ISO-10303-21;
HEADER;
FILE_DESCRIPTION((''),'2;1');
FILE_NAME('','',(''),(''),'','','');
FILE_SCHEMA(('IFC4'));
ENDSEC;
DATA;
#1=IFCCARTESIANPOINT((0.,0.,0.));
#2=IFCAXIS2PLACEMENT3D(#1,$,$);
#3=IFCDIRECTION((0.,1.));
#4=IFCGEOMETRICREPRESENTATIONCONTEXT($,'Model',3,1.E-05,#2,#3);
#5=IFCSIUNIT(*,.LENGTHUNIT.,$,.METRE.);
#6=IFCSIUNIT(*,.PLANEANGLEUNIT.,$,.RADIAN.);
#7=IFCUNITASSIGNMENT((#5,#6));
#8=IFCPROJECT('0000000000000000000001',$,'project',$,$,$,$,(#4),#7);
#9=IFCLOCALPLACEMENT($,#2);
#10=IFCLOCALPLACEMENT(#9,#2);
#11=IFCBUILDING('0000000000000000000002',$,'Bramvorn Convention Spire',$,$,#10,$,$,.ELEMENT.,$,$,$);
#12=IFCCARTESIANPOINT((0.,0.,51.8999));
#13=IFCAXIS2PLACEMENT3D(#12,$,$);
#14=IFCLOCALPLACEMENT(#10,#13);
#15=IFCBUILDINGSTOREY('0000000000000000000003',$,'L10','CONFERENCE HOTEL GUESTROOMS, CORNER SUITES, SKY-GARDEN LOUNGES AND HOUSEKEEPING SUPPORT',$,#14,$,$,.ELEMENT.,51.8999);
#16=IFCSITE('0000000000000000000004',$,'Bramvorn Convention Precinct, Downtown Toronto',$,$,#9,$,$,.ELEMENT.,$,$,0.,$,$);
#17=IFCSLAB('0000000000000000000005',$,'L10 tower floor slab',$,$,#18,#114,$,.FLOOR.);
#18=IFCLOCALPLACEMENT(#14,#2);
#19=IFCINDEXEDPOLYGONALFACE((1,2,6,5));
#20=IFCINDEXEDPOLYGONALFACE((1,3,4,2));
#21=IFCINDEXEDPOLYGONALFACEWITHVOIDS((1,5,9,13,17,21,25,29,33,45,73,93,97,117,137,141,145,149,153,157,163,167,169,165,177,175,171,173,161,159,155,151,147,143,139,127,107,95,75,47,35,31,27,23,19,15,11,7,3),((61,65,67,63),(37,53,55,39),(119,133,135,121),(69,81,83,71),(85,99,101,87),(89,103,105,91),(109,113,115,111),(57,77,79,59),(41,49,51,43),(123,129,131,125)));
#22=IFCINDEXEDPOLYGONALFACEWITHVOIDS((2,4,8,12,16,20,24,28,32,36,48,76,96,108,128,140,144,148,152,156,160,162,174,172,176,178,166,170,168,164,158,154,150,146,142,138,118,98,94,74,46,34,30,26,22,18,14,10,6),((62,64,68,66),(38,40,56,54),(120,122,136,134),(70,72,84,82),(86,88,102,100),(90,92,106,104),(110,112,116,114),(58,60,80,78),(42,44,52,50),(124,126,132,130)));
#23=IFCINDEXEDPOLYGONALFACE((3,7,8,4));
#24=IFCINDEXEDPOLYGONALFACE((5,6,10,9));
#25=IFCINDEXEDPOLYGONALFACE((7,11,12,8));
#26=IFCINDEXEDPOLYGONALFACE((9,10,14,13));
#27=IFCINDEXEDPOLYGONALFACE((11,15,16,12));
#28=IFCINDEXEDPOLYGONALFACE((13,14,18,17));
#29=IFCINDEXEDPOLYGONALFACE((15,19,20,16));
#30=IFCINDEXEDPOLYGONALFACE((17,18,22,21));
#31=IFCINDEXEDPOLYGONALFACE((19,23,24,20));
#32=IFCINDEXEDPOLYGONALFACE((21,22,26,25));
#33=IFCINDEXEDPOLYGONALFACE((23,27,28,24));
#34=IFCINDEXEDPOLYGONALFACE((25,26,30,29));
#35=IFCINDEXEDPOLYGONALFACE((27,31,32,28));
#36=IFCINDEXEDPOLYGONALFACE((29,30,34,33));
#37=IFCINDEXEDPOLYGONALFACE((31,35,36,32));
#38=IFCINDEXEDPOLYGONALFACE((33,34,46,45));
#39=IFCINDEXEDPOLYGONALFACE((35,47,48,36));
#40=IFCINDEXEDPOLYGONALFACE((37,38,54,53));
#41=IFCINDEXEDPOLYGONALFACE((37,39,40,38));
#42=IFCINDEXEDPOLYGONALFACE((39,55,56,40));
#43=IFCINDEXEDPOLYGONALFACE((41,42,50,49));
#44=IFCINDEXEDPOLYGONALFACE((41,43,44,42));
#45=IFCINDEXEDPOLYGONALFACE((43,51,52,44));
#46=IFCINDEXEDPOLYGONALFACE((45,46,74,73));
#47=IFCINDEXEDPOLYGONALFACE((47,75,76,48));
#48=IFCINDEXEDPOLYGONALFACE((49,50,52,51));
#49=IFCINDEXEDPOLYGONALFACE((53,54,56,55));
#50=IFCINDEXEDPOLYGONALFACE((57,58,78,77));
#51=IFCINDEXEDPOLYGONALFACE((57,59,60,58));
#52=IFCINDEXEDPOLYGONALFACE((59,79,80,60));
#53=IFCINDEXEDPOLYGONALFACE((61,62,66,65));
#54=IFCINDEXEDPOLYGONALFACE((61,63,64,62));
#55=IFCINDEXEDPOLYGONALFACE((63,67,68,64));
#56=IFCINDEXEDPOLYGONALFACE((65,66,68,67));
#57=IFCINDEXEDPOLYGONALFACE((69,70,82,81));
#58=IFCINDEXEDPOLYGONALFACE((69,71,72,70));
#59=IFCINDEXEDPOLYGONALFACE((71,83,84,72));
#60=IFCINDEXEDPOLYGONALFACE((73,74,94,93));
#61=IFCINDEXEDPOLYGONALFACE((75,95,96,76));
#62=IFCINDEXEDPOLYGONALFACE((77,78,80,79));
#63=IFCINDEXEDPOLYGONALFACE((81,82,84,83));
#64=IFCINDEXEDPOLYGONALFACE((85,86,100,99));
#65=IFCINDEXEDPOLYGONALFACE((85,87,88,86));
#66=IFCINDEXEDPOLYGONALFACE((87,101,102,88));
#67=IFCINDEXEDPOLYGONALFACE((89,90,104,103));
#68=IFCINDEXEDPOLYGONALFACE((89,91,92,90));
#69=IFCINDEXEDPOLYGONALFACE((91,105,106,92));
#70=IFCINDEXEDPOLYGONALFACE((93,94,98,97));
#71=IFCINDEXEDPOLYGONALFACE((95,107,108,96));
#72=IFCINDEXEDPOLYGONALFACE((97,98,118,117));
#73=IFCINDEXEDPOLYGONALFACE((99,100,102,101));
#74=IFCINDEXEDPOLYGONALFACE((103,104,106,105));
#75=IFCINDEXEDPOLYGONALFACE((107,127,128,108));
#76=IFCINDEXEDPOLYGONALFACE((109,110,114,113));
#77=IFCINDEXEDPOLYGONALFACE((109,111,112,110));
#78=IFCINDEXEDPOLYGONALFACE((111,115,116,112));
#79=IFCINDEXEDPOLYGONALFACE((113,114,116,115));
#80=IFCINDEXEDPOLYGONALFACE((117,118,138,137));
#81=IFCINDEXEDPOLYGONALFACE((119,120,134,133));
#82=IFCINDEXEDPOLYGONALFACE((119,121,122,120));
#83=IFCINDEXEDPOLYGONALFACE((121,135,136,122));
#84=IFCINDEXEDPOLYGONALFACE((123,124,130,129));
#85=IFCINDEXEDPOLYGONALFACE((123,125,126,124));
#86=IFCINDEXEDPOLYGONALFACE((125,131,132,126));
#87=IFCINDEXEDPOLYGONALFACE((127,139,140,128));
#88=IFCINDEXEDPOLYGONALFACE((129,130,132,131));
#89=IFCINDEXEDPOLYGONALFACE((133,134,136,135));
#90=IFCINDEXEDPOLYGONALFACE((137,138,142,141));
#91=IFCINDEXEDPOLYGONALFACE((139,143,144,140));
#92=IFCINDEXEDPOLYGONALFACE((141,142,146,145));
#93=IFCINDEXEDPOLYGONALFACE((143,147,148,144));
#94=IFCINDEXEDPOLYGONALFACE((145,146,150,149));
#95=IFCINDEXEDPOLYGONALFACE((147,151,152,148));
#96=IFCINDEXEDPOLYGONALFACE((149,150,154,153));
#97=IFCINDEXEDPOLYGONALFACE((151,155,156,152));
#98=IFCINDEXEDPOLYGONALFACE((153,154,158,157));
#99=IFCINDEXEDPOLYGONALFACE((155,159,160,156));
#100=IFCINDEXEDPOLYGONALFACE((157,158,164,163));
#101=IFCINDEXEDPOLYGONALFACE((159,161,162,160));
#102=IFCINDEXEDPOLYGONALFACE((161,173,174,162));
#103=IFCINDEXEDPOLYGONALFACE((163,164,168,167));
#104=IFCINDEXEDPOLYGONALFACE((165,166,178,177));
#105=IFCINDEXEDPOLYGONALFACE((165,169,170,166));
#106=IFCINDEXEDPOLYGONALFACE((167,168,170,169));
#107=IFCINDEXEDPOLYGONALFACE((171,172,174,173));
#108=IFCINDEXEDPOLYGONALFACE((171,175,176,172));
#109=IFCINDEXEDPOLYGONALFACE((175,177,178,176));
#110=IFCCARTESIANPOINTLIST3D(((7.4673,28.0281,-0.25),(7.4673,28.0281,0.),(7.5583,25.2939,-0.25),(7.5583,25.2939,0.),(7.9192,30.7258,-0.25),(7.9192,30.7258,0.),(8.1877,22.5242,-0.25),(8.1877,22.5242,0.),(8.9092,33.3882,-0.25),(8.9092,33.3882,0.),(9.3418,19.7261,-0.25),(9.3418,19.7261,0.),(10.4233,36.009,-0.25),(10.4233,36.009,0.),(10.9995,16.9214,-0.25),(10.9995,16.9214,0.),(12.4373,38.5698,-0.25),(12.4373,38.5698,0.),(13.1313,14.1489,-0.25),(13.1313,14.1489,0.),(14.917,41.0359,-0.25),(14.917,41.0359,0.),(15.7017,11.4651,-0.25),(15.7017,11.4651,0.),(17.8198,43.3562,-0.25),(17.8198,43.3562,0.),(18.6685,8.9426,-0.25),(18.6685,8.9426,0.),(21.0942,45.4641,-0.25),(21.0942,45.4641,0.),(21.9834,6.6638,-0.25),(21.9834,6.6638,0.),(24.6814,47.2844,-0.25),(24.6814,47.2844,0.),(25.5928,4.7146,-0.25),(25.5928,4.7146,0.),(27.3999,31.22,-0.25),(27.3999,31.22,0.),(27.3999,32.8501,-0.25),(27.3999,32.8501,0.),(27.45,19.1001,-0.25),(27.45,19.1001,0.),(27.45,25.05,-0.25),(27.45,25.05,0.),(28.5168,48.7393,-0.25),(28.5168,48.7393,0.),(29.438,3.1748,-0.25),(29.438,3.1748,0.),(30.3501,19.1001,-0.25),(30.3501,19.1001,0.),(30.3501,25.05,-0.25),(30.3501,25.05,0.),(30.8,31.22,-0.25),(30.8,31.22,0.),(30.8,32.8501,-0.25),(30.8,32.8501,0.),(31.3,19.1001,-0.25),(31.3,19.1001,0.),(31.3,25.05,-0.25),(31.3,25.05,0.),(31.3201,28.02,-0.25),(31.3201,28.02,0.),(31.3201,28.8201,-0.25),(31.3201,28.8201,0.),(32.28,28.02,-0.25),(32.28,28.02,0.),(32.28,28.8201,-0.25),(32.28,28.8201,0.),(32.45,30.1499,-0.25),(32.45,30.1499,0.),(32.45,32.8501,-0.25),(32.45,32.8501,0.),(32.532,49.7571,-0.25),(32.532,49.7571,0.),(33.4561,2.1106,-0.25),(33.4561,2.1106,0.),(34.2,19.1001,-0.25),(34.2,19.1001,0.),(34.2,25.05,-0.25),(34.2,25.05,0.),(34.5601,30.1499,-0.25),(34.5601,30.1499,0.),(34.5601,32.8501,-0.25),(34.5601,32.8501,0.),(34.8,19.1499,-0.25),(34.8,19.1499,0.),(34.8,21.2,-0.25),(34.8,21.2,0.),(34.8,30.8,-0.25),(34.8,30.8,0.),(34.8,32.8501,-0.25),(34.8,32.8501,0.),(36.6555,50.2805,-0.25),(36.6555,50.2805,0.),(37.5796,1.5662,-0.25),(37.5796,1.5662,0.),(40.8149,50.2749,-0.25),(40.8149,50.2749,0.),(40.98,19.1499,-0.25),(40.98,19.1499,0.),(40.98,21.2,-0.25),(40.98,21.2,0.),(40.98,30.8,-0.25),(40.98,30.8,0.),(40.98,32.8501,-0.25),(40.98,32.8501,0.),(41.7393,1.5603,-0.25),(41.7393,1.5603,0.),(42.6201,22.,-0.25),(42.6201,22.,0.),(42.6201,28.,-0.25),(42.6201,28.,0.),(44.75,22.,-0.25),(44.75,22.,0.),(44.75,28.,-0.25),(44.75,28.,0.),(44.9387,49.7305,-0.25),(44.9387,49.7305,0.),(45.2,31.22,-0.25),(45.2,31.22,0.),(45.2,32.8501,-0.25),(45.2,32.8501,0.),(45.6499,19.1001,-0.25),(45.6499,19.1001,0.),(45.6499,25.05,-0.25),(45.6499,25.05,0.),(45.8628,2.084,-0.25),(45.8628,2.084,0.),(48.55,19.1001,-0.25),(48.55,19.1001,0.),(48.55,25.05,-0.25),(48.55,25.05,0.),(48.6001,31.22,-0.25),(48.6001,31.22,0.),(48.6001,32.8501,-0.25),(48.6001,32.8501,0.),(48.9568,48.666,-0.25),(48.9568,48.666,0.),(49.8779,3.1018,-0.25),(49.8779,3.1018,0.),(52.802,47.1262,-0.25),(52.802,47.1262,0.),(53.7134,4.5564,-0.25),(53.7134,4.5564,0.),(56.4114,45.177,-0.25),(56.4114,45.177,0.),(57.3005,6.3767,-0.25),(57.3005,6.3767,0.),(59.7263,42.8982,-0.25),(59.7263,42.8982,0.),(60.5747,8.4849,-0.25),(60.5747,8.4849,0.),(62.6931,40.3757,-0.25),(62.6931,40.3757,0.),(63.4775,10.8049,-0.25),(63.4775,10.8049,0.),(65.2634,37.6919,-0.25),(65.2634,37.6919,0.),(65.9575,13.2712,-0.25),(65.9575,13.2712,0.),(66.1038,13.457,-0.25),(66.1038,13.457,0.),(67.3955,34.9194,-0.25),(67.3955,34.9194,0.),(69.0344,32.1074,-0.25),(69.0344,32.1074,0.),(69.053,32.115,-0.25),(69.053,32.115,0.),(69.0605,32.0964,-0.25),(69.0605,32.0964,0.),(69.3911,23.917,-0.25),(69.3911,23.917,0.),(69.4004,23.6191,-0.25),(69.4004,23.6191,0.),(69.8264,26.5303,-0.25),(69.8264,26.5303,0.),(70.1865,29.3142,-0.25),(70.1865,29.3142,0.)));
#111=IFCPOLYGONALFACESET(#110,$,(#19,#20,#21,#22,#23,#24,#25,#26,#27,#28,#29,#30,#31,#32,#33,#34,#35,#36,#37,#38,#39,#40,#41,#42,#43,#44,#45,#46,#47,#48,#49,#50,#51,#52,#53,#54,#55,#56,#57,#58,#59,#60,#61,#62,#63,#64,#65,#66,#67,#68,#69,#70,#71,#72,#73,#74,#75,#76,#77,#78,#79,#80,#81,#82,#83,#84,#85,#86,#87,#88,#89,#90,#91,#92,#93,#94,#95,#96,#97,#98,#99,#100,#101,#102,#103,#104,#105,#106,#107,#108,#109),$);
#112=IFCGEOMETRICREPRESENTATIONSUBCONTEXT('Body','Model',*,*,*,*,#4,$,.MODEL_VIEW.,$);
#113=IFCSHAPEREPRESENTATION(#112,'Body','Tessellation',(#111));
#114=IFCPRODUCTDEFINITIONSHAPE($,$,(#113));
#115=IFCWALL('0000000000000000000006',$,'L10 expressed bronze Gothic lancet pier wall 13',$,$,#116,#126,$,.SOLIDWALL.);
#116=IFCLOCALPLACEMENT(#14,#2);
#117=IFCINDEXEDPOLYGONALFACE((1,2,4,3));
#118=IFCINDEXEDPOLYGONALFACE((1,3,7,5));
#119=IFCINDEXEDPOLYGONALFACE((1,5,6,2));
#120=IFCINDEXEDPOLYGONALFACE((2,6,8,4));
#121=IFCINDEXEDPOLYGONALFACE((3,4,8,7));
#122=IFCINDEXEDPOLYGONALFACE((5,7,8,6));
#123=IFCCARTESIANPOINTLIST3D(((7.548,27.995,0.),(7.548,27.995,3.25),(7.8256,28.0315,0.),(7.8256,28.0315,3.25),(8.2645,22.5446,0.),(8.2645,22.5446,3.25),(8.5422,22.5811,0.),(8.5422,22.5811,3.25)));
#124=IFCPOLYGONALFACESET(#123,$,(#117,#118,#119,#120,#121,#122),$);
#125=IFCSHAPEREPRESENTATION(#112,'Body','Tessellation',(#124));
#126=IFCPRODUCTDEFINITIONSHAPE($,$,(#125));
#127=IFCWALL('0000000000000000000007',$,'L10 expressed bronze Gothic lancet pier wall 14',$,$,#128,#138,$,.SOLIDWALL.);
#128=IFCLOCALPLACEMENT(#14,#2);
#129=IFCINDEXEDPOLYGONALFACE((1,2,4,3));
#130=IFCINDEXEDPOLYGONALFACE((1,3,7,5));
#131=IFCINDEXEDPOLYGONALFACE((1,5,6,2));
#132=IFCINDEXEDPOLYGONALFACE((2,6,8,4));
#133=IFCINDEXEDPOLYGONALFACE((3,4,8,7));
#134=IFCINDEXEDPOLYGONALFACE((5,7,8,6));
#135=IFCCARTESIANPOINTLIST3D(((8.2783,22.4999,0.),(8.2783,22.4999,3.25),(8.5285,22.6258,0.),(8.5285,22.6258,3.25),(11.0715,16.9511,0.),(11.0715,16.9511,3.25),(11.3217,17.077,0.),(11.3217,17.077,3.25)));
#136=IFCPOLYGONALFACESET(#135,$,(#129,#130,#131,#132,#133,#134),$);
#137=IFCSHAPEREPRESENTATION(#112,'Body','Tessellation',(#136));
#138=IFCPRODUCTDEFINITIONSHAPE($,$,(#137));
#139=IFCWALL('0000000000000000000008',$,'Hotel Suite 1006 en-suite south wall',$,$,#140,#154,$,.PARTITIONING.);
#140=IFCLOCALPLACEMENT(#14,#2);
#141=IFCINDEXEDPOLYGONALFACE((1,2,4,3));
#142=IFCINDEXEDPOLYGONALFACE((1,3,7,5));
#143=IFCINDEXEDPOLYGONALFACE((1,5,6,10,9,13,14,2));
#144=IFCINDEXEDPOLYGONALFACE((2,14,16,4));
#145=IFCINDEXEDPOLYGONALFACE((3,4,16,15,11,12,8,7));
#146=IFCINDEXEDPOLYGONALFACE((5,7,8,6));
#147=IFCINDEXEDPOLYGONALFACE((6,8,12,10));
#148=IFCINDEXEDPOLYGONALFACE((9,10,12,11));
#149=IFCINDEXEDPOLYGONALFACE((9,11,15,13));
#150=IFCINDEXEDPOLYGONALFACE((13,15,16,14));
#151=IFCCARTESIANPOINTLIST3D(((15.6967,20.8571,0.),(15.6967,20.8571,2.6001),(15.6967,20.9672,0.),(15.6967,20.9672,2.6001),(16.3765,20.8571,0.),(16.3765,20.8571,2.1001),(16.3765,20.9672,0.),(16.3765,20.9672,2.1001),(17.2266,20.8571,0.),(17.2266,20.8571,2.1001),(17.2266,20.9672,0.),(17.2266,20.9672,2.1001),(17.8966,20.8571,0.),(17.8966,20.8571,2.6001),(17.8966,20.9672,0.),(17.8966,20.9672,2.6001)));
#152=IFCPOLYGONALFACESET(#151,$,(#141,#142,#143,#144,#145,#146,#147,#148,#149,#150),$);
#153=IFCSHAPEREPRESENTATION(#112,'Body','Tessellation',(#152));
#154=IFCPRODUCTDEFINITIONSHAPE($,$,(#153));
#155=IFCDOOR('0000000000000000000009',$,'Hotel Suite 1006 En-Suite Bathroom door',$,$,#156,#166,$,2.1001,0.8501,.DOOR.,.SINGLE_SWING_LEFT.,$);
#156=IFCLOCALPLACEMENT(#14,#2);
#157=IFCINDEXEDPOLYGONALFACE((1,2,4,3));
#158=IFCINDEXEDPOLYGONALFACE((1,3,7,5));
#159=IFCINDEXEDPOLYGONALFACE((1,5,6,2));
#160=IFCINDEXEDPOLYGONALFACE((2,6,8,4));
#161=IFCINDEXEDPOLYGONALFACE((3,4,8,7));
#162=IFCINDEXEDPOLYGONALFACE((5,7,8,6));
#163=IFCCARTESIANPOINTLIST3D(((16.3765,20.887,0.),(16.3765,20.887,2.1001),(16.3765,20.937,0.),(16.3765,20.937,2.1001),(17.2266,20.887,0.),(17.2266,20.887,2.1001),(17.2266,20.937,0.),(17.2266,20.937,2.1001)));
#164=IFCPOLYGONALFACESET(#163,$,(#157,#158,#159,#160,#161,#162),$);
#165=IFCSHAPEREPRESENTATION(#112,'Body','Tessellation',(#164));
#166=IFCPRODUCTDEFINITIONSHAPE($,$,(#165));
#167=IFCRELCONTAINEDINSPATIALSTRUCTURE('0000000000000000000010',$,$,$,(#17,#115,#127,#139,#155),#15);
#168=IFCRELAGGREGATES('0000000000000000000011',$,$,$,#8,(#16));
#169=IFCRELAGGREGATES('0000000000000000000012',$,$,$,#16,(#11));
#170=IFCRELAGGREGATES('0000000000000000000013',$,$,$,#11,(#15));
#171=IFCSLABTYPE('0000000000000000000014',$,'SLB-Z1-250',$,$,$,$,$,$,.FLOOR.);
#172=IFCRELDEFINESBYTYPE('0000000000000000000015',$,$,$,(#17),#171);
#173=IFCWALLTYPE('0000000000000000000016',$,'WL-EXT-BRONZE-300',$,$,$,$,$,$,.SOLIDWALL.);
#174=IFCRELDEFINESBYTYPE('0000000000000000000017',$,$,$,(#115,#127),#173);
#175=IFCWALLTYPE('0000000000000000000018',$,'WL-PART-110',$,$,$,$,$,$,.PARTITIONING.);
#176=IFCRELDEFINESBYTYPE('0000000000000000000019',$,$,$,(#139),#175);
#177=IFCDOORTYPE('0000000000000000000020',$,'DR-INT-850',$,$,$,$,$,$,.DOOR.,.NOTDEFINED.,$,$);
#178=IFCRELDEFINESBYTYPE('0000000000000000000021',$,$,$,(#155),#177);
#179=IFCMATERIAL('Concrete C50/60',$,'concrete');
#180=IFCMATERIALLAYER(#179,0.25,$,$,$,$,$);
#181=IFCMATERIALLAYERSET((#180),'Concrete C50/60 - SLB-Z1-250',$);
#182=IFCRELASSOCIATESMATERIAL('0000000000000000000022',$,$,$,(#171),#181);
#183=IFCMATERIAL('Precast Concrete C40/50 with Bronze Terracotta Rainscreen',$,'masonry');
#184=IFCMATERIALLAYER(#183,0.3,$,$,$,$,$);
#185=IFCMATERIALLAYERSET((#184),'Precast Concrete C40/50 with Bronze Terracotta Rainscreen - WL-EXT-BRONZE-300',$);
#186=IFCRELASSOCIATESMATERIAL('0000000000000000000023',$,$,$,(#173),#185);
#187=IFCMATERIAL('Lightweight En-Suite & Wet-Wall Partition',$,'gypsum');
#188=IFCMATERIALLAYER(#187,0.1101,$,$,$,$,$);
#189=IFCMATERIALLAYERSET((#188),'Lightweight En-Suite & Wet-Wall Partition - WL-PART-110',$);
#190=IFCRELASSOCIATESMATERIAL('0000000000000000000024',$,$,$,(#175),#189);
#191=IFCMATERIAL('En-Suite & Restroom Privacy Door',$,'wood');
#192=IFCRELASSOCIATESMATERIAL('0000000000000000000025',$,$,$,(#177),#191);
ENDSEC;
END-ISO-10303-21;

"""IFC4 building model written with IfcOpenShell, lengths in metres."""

from ifc_helpers import new_model, si_unit, direction, frame, frame_2d, origin, place, context, subcontext, project, spatial, polyline, rectangle, outline, extrude, material, layer, layer_set, type_object, element, fill, save


model = new_model("IFC4")

# Units and contexts
model_context = context("Model", 3, precision=1e-05, world=origin(), true_north=direction((0.0, 1.0)))
body_context = subcontext(model_context, "Body", "Model", "MODEL_VIEW")
ifc_project = project(units=[si_unit("LENGTHUNIT", "METRE"), si_unit("PLANEANGLEUNIT", "RADIAN")], contexts=[model_context])

# Site, building, storey
site_placement = place(None, origin())
site = spatial("IfcSite", under=ifc_project, at=site_placement, Name="Bramvorn Convention Precinct, Downtown Toronto", CompositionType="ELEMENT", RefElevation=0.0)
building_placement = place(site_placement, origin())
building = spatial("IfcBuilding", under=site, at=building_placement, Name="Bramvorn Convention Spire", CompositionType="ELEMENT")
storey_placement = place(building_placement, frame((0.0, 0.0, 51.8999)))
storey = spatial("IfcBuildingStorey", under=building, at=storey_placement, Name="L10", Description="CONFERENCE HOTEL GUESTROOMS, CORNER SUITES, SKY-GARDEN LOUNGES AND HOUSEKEEPING SUPPORT", CompositionType="ELEMENT", Elevation=51.8999)

# Slab
ifc_material_1 = material(Name="Concrete C50/60", Category="concrete")
ifc_layer_1 = layer(ifc_material_1, 0.25)
ifc_layer_set_1 = layer_set([ifc_layer_1], Name="Concrete C50/60 - SLB-Z1-250")
slab_type_1 = type_object("IfcSlabType", Name="SLB-Z1-250", PredefinedType="FLOOR", material=ifc_layer_set_1)
slab_1_placement = place(storey_placement, frame((0.0, 0.0, -0.25)))
element("IfcSlab", 1, at=slab_1_placement, inside=storey, type_object=slab_type_1, Name="L10 tower floor slab", PredefinedType="FLOOR", context=body_context, shape_type="SweptSolid", body=[
    extrude(outline(polyline([(65.9575, 13.2712), (63.4775, 10.8049), (60.5747, 8.4849), (57.3005, 6.3767), (53.7134, 4.5564), (49.8779, 3.1018), (45.8628, 2.084), (41.7393, 1.5603), (37.5796, 1.5662), (33.4561, 2.1106), (29.438, 3.1748), (25.5928, 4.7146), (21.9834, 6.6638), (18.6685, 8.9426), (15.7017, 11.4651), (13.1313, 14.1489), (10.9995, 16.9214), (9.3418, 19.7261), (8.1877, 22.5242), (7.5583, 25.2939), (7.4673, 28.0281), (7.9192, 30.7258), (8.9092, 33.3882), (10.4233, 36.009), (12.4373, 38.5698), (14.917, 41.0359), (17.8198, 43.3562), (21.0942, 45.4641), (24.6814, 47.2844), (28.5168, 48.7393), (32.532, 49.7571), (36.6555, 50.2805), (40.8149, 50.2749), (44.9387, 49.7305), (48.9568, 48.666), (52.802, 47.1262), (56.4114, 45.177), (59.7263, 42.8982), (62.6931, 40.3757), (65.2634, 37.6919), (67.3955, 34.9194), (69.053, 32.115), (69.0605, 32.0964), (69.0344, 32.1074), (70.1865, 29.3142), (69.8264, 26.5303), (69.3911, 23.917), (69.4004, 23.6191), (66.1038, 13.457), (65.9575, 13.2712)]), holes=[polyline([(27.45, 25.05), (27.45, 19.1001), (30.3501, 19.1001), (30.3501, 25.05), (27.45, 25.05)]), polyline([(45.6499, 25.05), (45.6499, 19.1001), (48.55, 19.1001), (48.55, 25.05), (45.6499, 25.05)]), polyline([(31.3, 25.05), (31.3, 19.1001), (34.2, 19.1001), (34.2, 25.05), (31.3, 25.05)]), polyline([(27.3999, 31.22), (30.8, 31.22), (30.8, 32.8501), (27.3999, 32.8501), (27.3999, 31.22)]), polyline([(45.2, 31.22), (48.6001, 31.22), (48.6001, 32.8501), (45.2, 32.8501), (45.2, 31.22)]), polyline([(32.45, 30.1499), (34.5601, 30.1499), (34.5601, 32.8501), (32.45, 32.8501), (32.45, 30.1499)]), polyline([(34.8, 30.8), (40.98, 30.8), (40.98, 32.8501), (34.8, 32.8501), (34.8, 30.8)]), polyline([(34.8, 19.1499), (40.98, 19.1499), (40.98, 21.2), (34.8, 21.2), (34.8, 19.1499)]), polyline([(42.6201, 22.0), (44.75, 22.0), (44.75, 28.0), (42.6201, 28.0), (42.6201, 22.0)]), polyline([(31.3201, 28.02), (32.28, 28.02), (32.28, 28.8201), (31.3201, 28.8201), (31.3201, 28.02)])]), origin(), (0.0, 0.0, 1.0), 0.25),
])

# Walls
ifc_material_2 = material(Name="Precast Concrete C40/50 with Bronze Terracotta Rainscreen", Category="masonry")
ifc_layer_2 = layer(ifc_material_2, 0.3)
ifc_layer_set_2 = layer_set([ifc_layer_2], Name="Precast Concrete C40/50 with Bronze Terracotta Rainscreen - WL-EXT-BRONZE-300")
wall_type_1 = type_object("IfcWallType", Name="WL-EXT-BRONZE-300", PredefinedType="SOLIDWALL", material=ifc_layer_set_2)
wall_1_placement = place(storey_placement, frame((8.4033, 22.563, 0.0), z_axis=(0.0, 0.0, 1.0), x_axis=(-0.130345, 0.991469, 0.0)))
element("IfcWall", 2, at=wall_1_placement, inside=storey, type_object=wall_type_1, Name="L10 expressed bronze Gothic lancet pier wall 13", PredefinedType="SOLIDWALL", context=body_context, shape_type="SweptSolid", body=[
    extrude(rectangle(XDim=5.4973, YDim=0.28, at=frame_2d((2.7485, 0.0))), origin(), (0.0, 0.0, 1.0), 3.25),
])
wall_2_placement = place(storey_placement, frame((11.1965, 17.0142, 0.0), z_axis=(0.0, 0.0, 1.0), x_axis=(-0.449633, 0.893213, 0.0)))
element("IfcWall", 3, at=wall_2_placement, inside=storey, type_object=wall_type_1, Name="L10 expressed bronze Gothic lancet pier wall 14", PredefinedType="SOLIDWALL", context=body_context, shape_type="SweptSolid", body=[
    extrude(rectangle(XDim=6.2122, YDim=0.28, at=frame_2d((3.106, 0.0))), origin(), (0.0, 0.0, 1.0), 3.25),
])

# Wall, opening, door
ifc_material_3 = material(Name="Lightweight En-Suite & Wet-Wall Partition", Category="gypsum")
ifc_layer_3 = layer(ifc_material_3, 0.1101)
ifc_layer_set_3 = layer_set([ifc_layer_3], Name="Lightweight En-Suite & Wet-Wall Partition - WL-PART-110")
wall_type_2 = type_object("IfcWallType", Name="WL-PART-110", PredefinedType="PARTITIONING", material=ifc_layer_set_3)
wall_3_placement = place(storey_placement, frame((15.6965, 20.9121, 0.0), z_axis=(0.0, 0.0, 1.0), x_axis=(1.0, 0.0, 0.0)))
wall_3 = element("IfcWall", 4, at=wall_3_placement, inside=storey, type_object=wall_type_2, Name="Hotel Suite 1006 en-suite south wall", PredefinedType="PARTITIONING", context=body_context, shape_type="SweptSolid", body=[
    extrude(rectangle(XDim=2.2, YDim=0.1101, at=frame_2d((1.1001, 0.0))), origin(), (0.0, 0.0, 1.0), 2.6001),
])
opening_placement = place(wall_3_placement, frame((0.6799, 0.0, 0.0)))
opening = element("IfcOpeningElement", 5, at=opening_placement, cuts=wall_3, PredefinedType="OPENING", context=body_context, shape_type="SweptSolid", body=[
    extrude(rectangle(XDim=0.8501, YDim=2.1001, at=frame_2d((0.425, 1.05))), frame((0.0, 0.0649, 0.0), z_axis=(0.0, -1.0, 0.0), x_axis=(1.0, 0.0, 0.0)), (0.0, 0.0, 1.0), 0.1301),
])
ifc_material_4 = material(Name="En-Suite & Restroom Privacy Door", Category="wood")
door_type = type_object("IfcDoorType", Name="DR-INT-850", OperationType="NOTDEFINED", PredefinedType="DOOR", material=ifc_material_4)
door_placement = place(opening_placement, origin())
door = element("IfcDoor", 6, at=door_placement, inside=storey, type_object=door_type, Name="Hotel Suite 1006 En-Suite Bathroom door", OperationType="SINGLE_SWING_LEFT", OverallHeight=2.1001, OverallWidth=0.8501, PredefinedType="DOOR", context=body_context, shape_type="SweptSolid", body=[
    extrude(rectangle(XDim=0.8501, YDim=2.1001, at=frame_2d((0.425, 1.05))), frame((0.0, 0.0249, 0.0), z_axis=(0.0, -1.0, 0.0), x_axis=(1.0, 0.0, 0.0)), (0.0, 0.0, 1.0), 0.05),
])
fill(opening, door)

save(model, "model.ifc")
